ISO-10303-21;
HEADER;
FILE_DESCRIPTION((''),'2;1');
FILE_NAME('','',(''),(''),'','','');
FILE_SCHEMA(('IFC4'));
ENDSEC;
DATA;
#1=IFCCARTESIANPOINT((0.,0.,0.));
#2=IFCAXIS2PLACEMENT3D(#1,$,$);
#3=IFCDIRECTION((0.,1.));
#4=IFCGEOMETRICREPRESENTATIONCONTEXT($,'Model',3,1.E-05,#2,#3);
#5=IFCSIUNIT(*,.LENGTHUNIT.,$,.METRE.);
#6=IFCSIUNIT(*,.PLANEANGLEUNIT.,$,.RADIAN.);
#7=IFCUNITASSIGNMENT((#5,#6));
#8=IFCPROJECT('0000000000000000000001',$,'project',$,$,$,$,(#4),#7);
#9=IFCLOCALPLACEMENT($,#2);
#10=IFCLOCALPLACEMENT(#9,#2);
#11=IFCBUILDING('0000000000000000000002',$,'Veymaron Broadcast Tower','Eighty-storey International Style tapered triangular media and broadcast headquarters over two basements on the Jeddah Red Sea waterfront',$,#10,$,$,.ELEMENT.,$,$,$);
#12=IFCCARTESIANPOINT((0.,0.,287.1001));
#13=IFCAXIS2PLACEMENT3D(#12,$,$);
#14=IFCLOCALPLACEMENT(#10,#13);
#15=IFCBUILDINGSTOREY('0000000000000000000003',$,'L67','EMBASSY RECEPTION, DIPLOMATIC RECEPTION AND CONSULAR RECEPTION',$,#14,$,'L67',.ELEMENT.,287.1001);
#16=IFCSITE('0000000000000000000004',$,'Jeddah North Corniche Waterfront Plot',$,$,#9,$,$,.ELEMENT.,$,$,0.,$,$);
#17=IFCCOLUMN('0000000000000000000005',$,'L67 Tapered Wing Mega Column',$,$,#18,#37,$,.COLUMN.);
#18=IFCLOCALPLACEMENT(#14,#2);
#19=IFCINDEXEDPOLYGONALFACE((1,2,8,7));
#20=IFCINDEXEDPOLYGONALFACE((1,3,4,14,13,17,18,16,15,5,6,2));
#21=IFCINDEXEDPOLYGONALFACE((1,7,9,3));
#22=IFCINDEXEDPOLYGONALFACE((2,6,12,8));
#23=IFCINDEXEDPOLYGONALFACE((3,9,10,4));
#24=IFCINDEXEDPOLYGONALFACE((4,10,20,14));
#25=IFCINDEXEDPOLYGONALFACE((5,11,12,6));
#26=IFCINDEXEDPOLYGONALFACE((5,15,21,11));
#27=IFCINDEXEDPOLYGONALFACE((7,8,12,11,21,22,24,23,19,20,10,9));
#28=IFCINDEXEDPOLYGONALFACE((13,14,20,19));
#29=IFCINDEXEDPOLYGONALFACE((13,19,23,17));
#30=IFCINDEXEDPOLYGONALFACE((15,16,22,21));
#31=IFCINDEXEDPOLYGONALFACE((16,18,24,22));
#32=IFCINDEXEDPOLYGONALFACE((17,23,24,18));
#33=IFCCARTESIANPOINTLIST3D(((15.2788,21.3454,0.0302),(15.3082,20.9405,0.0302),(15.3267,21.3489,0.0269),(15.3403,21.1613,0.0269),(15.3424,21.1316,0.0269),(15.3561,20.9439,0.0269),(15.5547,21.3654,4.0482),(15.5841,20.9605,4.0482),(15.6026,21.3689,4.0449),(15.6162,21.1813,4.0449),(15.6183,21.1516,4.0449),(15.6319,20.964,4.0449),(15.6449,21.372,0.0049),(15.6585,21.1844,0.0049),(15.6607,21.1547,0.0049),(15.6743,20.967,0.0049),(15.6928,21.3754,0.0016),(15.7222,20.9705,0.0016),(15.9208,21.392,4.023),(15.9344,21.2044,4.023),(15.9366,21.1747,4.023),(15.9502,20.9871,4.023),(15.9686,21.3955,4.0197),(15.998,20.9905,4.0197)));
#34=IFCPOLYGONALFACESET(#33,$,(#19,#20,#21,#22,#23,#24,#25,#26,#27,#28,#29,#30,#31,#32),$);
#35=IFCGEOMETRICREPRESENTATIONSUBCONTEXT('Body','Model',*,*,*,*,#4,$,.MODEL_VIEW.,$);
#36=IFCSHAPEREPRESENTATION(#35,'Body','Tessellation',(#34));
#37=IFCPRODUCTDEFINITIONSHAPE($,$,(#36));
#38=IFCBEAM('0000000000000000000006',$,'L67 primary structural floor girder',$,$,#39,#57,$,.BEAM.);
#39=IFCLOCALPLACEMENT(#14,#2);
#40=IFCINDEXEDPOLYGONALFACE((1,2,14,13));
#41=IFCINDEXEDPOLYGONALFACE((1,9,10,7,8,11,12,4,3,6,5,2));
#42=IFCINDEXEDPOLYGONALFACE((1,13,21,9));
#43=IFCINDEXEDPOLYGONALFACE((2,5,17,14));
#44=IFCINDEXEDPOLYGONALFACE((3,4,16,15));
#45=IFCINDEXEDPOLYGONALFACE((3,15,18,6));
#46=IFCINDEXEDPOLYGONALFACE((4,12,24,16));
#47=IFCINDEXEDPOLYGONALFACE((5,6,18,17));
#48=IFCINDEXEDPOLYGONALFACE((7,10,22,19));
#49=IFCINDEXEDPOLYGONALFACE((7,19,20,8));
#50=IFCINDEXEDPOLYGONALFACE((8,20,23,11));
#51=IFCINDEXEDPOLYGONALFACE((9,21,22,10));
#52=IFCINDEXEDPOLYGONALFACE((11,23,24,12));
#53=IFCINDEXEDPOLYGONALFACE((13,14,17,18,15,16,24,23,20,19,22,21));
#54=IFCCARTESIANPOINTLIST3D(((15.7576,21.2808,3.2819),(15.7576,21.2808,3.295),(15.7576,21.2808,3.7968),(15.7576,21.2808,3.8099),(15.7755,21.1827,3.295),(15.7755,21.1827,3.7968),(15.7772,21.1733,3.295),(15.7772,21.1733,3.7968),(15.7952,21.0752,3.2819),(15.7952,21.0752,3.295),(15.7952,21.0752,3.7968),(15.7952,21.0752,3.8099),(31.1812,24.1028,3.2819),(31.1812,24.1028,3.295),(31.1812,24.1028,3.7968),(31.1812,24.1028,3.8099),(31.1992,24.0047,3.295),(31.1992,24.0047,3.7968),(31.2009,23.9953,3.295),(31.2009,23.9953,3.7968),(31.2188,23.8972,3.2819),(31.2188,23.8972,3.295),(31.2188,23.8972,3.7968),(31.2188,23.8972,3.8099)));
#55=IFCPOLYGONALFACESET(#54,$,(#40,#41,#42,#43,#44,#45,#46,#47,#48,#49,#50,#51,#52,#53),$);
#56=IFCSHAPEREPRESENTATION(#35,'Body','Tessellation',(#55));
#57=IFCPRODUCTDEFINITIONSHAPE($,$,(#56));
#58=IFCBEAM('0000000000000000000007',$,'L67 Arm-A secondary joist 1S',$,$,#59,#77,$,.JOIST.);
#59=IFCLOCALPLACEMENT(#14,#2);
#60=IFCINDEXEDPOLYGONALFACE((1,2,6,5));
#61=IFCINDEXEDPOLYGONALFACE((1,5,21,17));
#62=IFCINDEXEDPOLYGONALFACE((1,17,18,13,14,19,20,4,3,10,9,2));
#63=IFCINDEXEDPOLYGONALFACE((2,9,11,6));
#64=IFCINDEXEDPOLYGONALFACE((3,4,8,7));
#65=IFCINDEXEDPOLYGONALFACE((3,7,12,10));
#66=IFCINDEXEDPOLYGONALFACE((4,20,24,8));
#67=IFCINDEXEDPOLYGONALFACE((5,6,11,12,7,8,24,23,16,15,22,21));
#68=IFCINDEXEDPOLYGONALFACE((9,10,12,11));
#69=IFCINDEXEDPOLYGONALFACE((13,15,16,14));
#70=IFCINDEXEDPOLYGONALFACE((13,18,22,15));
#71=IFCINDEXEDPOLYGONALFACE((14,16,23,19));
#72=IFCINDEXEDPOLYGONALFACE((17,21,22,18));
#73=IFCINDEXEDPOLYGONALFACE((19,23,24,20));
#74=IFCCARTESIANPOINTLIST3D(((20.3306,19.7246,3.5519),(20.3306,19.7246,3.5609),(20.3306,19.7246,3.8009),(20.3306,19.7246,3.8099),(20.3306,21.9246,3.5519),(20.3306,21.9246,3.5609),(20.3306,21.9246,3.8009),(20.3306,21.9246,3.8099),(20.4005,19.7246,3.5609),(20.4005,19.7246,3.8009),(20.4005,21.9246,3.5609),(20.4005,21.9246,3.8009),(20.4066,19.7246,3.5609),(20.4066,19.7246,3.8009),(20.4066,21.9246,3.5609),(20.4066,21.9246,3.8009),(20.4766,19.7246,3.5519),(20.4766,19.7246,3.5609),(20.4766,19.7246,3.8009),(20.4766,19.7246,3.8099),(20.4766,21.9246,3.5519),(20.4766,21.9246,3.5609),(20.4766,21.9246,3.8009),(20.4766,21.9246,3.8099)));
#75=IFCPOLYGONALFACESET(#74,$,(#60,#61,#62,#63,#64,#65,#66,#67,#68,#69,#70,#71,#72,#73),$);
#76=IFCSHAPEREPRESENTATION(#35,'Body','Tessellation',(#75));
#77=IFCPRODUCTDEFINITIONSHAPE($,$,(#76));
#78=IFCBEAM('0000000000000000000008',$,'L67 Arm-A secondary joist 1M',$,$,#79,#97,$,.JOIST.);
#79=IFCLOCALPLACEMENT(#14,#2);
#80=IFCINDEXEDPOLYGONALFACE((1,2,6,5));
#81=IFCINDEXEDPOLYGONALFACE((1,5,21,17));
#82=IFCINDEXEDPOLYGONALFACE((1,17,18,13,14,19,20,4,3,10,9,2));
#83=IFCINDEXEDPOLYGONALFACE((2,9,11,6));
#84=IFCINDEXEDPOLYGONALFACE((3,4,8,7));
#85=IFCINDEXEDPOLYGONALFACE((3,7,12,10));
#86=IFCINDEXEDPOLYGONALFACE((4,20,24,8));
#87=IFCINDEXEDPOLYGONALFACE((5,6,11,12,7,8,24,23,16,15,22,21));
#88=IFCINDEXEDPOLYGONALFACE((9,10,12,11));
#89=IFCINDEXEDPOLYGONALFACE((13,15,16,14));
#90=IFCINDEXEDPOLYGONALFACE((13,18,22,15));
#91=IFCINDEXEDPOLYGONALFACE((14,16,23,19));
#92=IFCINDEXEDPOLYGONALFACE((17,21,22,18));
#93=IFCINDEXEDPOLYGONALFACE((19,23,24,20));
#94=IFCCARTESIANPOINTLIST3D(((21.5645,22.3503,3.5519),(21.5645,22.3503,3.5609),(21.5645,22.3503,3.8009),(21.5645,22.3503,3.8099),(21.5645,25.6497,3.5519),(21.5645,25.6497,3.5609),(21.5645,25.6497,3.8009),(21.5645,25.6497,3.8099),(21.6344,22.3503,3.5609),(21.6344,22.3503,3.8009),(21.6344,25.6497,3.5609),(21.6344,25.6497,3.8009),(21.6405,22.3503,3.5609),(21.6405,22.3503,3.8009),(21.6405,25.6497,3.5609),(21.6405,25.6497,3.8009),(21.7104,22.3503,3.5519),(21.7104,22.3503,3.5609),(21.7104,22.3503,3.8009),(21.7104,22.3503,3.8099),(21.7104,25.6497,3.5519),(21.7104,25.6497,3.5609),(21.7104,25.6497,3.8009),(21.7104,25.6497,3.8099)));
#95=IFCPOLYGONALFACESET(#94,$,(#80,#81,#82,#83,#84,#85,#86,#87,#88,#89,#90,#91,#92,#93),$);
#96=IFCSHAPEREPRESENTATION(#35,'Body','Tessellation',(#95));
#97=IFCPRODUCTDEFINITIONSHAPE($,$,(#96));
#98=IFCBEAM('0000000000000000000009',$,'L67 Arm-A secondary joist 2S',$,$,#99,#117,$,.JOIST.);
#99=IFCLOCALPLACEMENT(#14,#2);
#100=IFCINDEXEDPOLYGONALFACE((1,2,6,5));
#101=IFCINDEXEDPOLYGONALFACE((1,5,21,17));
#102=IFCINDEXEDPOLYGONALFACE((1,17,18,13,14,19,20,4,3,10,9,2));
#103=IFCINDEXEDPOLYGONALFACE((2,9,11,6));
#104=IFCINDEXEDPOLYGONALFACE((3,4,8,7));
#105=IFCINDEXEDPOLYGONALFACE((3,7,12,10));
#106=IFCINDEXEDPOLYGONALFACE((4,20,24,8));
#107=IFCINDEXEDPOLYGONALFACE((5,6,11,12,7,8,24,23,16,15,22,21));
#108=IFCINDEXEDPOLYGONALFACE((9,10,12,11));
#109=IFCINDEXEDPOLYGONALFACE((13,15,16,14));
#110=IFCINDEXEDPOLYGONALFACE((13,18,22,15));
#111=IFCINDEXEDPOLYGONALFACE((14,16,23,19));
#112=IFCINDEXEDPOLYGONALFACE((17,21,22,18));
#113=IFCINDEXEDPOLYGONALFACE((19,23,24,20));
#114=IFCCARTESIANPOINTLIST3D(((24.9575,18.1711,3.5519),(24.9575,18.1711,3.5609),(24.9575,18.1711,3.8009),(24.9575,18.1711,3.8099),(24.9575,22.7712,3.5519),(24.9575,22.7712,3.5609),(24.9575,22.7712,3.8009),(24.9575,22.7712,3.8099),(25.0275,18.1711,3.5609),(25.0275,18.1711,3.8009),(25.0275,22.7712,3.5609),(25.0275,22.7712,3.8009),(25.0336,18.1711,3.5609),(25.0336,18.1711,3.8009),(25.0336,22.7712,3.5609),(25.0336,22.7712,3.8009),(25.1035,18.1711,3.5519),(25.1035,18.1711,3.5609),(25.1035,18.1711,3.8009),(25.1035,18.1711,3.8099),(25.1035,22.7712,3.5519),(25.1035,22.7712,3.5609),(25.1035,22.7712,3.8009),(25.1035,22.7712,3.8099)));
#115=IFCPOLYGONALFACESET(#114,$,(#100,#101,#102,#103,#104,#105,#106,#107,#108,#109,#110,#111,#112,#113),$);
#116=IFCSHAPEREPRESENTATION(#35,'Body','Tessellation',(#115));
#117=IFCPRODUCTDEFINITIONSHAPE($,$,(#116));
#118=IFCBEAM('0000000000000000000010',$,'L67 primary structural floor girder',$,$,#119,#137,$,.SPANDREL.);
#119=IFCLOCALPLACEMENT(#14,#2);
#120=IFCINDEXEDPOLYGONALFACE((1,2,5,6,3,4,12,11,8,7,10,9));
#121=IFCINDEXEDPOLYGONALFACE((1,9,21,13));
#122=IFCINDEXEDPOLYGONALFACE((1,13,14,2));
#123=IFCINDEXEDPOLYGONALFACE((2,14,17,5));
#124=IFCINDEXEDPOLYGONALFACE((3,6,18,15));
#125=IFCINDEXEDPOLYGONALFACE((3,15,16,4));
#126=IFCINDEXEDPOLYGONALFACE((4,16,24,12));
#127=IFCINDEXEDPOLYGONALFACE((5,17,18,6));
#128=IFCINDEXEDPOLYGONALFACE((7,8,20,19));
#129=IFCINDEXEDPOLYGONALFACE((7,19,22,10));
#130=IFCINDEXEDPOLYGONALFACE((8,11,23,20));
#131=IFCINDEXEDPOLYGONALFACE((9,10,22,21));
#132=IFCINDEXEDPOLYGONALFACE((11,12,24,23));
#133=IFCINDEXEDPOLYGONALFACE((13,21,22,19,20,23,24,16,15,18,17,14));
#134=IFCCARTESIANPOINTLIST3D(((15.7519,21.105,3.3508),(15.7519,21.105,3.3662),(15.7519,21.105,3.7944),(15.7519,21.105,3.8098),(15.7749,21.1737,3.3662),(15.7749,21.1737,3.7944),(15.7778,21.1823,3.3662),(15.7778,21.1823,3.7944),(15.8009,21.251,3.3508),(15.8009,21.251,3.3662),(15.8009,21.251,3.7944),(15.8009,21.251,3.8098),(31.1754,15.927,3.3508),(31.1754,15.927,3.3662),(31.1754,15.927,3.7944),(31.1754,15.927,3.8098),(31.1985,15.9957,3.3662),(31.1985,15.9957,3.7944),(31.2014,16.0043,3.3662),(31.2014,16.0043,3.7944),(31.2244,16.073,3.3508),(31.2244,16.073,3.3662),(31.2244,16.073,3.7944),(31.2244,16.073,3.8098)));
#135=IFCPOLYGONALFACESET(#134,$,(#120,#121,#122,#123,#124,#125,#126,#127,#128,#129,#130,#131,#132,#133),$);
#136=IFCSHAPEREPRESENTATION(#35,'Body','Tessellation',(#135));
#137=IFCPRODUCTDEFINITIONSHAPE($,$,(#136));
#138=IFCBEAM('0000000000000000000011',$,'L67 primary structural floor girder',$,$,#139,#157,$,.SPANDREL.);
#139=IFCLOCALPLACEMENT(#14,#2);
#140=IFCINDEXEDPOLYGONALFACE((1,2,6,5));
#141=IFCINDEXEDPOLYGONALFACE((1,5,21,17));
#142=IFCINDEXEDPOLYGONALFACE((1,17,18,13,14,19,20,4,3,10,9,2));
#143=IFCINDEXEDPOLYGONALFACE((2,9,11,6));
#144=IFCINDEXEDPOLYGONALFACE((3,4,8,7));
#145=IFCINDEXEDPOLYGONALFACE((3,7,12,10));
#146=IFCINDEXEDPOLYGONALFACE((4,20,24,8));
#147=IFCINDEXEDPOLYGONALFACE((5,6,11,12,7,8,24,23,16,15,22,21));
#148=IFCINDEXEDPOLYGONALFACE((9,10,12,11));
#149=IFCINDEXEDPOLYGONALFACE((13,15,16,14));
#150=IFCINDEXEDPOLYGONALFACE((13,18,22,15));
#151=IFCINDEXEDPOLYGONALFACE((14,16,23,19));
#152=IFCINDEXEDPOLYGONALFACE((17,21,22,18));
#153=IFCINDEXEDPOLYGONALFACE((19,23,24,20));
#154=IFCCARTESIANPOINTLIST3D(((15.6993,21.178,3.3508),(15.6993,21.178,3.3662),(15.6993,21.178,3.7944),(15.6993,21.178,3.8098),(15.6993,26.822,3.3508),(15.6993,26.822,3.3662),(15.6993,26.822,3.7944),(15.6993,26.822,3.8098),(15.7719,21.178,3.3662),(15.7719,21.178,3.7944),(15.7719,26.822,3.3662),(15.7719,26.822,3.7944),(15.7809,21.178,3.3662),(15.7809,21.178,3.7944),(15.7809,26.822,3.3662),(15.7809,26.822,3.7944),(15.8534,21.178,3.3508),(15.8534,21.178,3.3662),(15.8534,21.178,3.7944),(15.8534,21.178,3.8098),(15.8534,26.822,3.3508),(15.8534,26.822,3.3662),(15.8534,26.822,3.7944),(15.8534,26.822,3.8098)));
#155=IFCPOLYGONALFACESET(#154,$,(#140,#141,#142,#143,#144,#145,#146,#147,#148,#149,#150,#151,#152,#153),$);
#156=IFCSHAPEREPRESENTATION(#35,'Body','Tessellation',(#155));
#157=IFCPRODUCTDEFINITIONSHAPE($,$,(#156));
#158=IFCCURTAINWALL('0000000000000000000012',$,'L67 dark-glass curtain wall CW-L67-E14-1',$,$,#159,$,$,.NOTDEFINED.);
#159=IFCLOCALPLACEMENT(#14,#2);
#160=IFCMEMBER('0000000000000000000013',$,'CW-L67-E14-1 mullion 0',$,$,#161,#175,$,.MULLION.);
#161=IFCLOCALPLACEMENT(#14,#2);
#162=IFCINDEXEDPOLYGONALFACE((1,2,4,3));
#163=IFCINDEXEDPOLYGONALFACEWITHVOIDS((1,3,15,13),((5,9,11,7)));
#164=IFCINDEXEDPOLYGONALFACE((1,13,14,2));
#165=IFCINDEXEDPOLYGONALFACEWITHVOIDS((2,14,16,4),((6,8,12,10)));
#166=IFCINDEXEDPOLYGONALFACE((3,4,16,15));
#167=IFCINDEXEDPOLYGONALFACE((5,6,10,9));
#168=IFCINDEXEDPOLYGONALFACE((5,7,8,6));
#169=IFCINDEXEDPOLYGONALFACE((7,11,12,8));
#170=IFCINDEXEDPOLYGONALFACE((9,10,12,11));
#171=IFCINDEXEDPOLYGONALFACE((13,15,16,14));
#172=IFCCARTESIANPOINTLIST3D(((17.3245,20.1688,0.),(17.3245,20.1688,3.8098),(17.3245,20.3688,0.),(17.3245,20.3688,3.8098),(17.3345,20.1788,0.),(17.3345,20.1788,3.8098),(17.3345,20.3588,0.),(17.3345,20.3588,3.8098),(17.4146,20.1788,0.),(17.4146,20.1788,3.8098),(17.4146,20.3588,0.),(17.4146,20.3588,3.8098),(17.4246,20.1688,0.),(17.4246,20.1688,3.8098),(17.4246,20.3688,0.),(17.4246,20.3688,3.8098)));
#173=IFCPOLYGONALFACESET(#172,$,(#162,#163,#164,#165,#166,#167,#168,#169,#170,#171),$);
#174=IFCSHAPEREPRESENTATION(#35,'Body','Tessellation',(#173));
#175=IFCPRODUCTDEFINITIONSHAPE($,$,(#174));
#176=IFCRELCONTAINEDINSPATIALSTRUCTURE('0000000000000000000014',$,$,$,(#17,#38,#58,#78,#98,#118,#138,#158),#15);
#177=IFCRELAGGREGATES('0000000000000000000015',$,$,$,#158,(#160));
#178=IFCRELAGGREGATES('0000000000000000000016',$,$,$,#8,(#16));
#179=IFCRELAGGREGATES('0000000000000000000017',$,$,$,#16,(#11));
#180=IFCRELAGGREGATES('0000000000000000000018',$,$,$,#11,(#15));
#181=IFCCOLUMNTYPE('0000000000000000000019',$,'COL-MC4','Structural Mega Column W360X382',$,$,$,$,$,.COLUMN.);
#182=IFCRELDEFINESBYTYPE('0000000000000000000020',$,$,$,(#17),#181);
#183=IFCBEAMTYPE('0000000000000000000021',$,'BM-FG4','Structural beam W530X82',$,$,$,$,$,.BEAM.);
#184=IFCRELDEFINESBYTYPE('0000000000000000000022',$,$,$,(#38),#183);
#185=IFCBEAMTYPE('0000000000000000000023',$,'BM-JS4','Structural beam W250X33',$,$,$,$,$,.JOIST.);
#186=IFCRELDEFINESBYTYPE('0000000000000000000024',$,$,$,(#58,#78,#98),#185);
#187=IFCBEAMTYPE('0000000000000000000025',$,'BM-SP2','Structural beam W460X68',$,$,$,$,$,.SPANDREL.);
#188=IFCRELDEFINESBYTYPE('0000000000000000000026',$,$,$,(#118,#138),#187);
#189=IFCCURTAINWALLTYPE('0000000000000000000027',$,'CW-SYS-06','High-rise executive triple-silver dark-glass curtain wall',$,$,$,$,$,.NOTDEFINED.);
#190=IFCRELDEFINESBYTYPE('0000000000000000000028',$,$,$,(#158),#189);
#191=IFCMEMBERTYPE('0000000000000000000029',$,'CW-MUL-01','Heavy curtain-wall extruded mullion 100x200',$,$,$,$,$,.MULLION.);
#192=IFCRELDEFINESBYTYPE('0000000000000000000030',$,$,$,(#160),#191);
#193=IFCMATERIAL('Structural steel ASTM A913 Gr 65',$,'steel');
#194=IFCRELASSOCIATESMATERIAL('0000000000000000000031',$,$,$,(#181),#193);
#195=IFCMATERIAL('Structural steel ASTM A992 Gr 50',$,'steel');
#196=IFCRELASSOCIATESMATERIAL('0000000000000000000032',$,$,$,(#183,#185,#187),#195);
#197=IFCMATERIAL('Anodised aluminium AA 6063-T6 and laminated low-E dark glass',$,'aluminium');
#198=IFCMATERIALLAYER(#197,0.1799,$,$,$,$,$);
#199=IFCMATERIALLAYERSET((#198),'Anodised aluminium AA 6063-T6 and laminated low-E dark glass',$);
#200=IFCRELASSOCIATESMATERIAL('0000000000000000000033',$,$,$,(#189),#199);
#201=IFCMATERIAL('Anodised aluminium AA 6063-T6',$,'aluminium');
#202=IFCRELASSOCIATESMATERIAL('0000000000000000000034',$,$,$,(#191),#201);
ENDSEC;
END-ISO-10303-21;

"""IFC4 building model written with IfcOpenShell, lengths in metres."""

from ifc_helpers import new_model, si_unit, direction, frame, origin, origin_2d, place, context, subcontext, project, spatial, hollow_rectangle, i_section, extrude, material, layer, layer_set, material_profile, profile_set, type_object, element, aggregate, save


model = new_model("IFC4")

# Units and contexts
model_context = context("Model", 3, precision=1e-05, world=origin(), true_north=direction((0.0, 1.0)))
body_context = subcontext(model_context, "Body", "Model", "MODEL_VIEW")
ifc_project = project(units=[si_unit("LENGTHUNIT", "METRE"), si_unit("PLANEANGLEUNIT", "RADIAN")], contexts=[model_context])

# Site, building, storey
site_placement = place(None, origin())
site = spatial("IfcSite", under=ifc_project, at=site_placement, Name="Jeddah North Corniche Waterfront Plot", CompositionType="ELEMENT", RefElevation=0.0)
building_placement = place(site_placement, origin())
building = spatial("IfcBuilding", under=site, at=building_placement, Name="Veymaron Broadcast Tower", Description="Eighty-storey International Style tapered triangular media and broadcast headquarters over two basements on the Jeddah Red Sea waterfront", CompositionType="ELEMENT")
storey_placement = place(building_placement, frame((0.0, 0.0, 287.1001)))
storey = spatial("IfcBuildingStorey", under=building, at=storey_placement, Name="L67", Description="EMBASSY RECEPTION, DIPLOMATIC RECEPTION AND CONSULAR RECEPTION", LongName="L67", CompositionType="ELEMENT", Elevation=287.1001)

# Column
ifc_material_1 = material(Name="Structural steel ASTM A913 Gr 65", Category="steel")
ifc_material_profile_1 = material_profile(ifc_material_1, i_section(OverallWidth=0.406, OverallDepth=0.416, WebThickness=0.0298, FlangeThickness=0.0481, at=origin_2d()), Name="W360X382")
ifc_profile_set_1 = profile_set([ifc_material_profile_1], Name="Structural steel ASTM A913 Gr 65")
column_type = type_object("IfcColumnType", Name="COL-MC4", Description="Structural Mega Column W360X382", PredefinedType="COLUMN", material=ifc_profile_set_1)
column_placement = place(storey_placement, frame((15.5005, 21.158, 0.0159), z_axis=(0.068498, 0.004971, 0.997639), x_axis=(-0.072376, 0.997377, 0.0)))
element("IfcColumn", 1, at=column_placement, inside=storey, type_object=column_type, Name="L67 Tapered Wing Mega Column", PredefinedType="COLUMN", context=body_context, shape_type="SweptSolid", body=[
    extrude(i_section(OverallWidth=0.406, OverallDepth=0.416, WebThickness=0.0298, FlangeThickness=0.0481, at=origin_2d()), origin(), (0.0, 0.0, 1.0), 4.0276),
])

# Beams
ifc_material_2 = material(Name="Structural steel ASTM A992 Gr 50", Category="steel")
ifc_material_profile_2 = material_profile(ifc_material_2, i_section(OverallWidth=0.209, OverallDepth=0.5281, WebThickness=0.0095, FlangeThickness=0.0132, at=origin_2d()), Name="W530X82")
ifc_profile_set_2 = profile_set([ifc_material_profile_2], Name="Structural steel ASTM A992 Gr 50")
beam_type_1 = type_object("IfcBeamType", Name="BM-FG4", Description="Structural beam W530X82", PredefinedType="BEAM", material=ifc_profile_set_2)
beam_1_placement = place(storey_placement, frame((15.7764, 21.178, 3.5459), z_axis=(0.98367, 0.17998, 0.0), x_axis=(-0.17998, 0.98367, 0.0)))
element("IfcBeam", 2, at=beam_1_placement, inside=storey, type_object=beam_type_1, Name="L67 primary structural floor girder", PredefinedType="BEAM", context=body_context, shape_type="SweptSolid", body=[
    extrude(i_section(OverallWidth=0.209, OverallDepth=0.5281, WebThickness=0.0095, FlangeThickness=0.0132, at=origin_2d()), origin(), (0.0, 0.0, 1.0), 15.6797),
])
ifc_material_profile_3 = material_profile(ifc_material_2, i_section(OverallWidth=0.146, OverallDepth=0.2581, WebThickness=0.0061, FlangeThickness=0.009, at=origin_2d()), Name="W250X33")
ifc_profile_set_3 = profile_set([ifc_material_profile_3], Name="Structural steel ASTM A992 Gr 50")
beam_type_2 = type_object("IfcBeamType", Name="BM-JS4", Description="Structural beam W250X33", PredefinedType="JOIST", material=ifc_profile_set_3)
beam_2_placement = place(storey_placement, frame((20.4036, 19.7246, 3.6809), z_axis=(0.0, 1.0, 0.0), x_axis=(-1.0, 0.0, 0.0)))
element("IfcBeam", 3, at=beam_2_placement, inside=storey, type_object=beam_type_2, Name="L67 Arm-A secondary joist 1S", PredefinedType="JOIST", context=body_context, shape_type="SweptSolid", body=[
    extrude(i_section(OverallWidth=0.146, OverallDepth=0.2581, WebThickness=0.0061, FlangeThickness=0.009, at=origin_2d()), origin(), (0.0, 0.0, 1.0), 2.2),
])
beam_3_placement = place(storey_placement, frame((21.6375, 22.3503, 3.6809), z_axis=(0.0, 1.0, 0.0), x_axis=(-1.0, 0.0, 0.0)))
element("IfcBeam", 4, at=beam_3_placement, inside=storey, type_object=beam_type_2, Name="L67 Arm-A secondary joist 1M", PredefinedType="JOIST", context=body_context, shape_type="SweptSolid", body=[
    extrude(i_section(OverallWidth=0.146, OverallDepth=0.2581, WebThickness=0.0061, FlangeThickness=0.009, at=origin_2d()), origin(), (0.0, 0.0, 1.0), 3.2993),
])
beam_4_placement = place(storey_placement, frame((25.0305, 18.1711, 3.6809), z_axis=(0.0, 1.0, 0.0), x_axis=(-1.0, 0.0, 0.0)))
element("IfcBeam", 5, at=beam_4_placement, inside=storey, type_object=beam_type_2, Name="L67 Arm-A secondary joist 2S", PredefinedType="JOIST", context=body_context, shape_type="SweptSolid", body=[
    extrude(i_section(OverallWidth=0.146, OverallDepth=0.2581, WebThickness=0.0061, FlangeThickness=0.009, at=origin_2d()), origin(), (0.0, 0.0, 1.0), 4.6001),
])
ifc_material_profile_4 = material_profile(ifc_material_2, i_section(OverallWidth=0.1541, OverallDepth=0.459, WebThickness=0.009, FlangeThickness=0.0154, at=origin_2d()), Name="W460X68")
ifc_profile_set_4 = profile_set([ifc_material_profile_4], Name="Structural steel ASTM A992 Gr 50")
beam_type_3 = type_object("IfcBeamType", Name="BM-SP2", Description="Structural beam W460X68", PredefinedType="SPANDREL", material=ifc_profile_set_4)
beam_5_placement = place(storey_placement, frame((15.7764, 21.178, 3.5803), z_axis=(0.948003, -0.318262, 0.0), x_axis=(0.318262, 0.948003, 0.0)))
element("IfcBeam", 6, at=beam_5_placement, inside=storey, type_object=beam_type_3, Name="L67 primary structural floor girder", PredefinedType="SPANDREL", context=body_context, shape_type="SweptSolid", body=[
    extrude(i_section(OverallWidth=0.1541, OverallDepth=0.459, WebThickness=0.009, FlangeThickness=0.0154, at=origin_2d()), origin(), (0.0, 0.0, 1.0), 16.2695),
])
beam_6_placement = place(storey_placement, frame((15.7764, 21.178, 3.5803), z_axis=(0.0, 1.0, 0.0), x_axis=(-1.0, 0.0, 0.0)))
element("IfcBeam", 7, at=beam_6_placement, inside=storey, type_object=beam_type_3, Name="L67 primary structural floor girder", PredefinedType="SPANDREL", context=body_context, shape_type="SweptSolid", body=[
    extrude(i_section(OverallWidth=0.1541, OverallDepth=0.459, WebThickness=0.009, FlangeThickness=0.0154, at=origin_2d()), origin(), (0.0, 0.0, 1.0), 5.644),
])

# Curtain wall, member
ifc_material_3 = material(Name="Anodised aluminium AA 6063-T6 and laminated low-E dark glass", Category="aluminium")
ifc_layer_1 = layer(ifc_material_3, 0.1799)
ifc_layer_set_1 = layer_set([ifc_layer_1], Name="Anodised aluminium AA 6063-T6 and laminated low-E dark glass")
curtain_wall_type = type_object("IfcCurtainWallType", Name="CW-SYS-06", Description="High-rise executive triple-silver dark-glass curtain wall", PredefinedType="NOTDEFINED", material=ifc_layer_set_1)
curtain_wall_1_placement = place(storey_placement, origin())
curtain_wall_1 = element("IfcCurtainWall", 8, at=curtain_wall_1_placement, inside=storey, type_object=curtain_wall_type, Name="L67 dark-glass curtain wall CW-L67-E14-1", PredefinedType="NOTDEFINED")
ifc_material_4 = material(Name="Anodised aluminium AA 6063-T6", Category="aluminium")
ifc_material_profile_5 = material_profile(ifc_material_4, hollow_rectangle(XDim=0.1001, YDim=0.2, WallThickness=0.01, at=origin_2d()), Name="RHS200X100X10")
ifc_profile_set_5 = profile_set([ifc_material_profile_5], Name="Anodised aluminium AA 6063-T6")
member_type_1 = type_object("IfcMemberType", Name="CW-MUL-01", Description="Heavy curtain-wall extruded mullion 100x200", PredefinedType="MULLION", material=ifc_profile_set_5)
member_1_placement = place(storey_placement, frame((17.3745, 20.2688, 0.0), z_axis=(0.0, 0.0, 1.0), x_axis=(1.0, 0.0, 0.0)))
member_1 = element("IfcMember", 9, at=member_1_placement, type_object=member_type_1, Name="CW-L67-E14-1 mullion 0", PredefinedType="MULLION", context=body_context, shape_type="SweptSolid", body=[
    extrude(hollow_rectangle(XDim=0.1001, YDim=0.2, WallThickness=0.01, at=origin_2d()), origin(), (0.0, 0.0, 1.0), 3.8098),
])

aggregate(curtain_wall_1, [member_1])

save(model, "model.ifc")
